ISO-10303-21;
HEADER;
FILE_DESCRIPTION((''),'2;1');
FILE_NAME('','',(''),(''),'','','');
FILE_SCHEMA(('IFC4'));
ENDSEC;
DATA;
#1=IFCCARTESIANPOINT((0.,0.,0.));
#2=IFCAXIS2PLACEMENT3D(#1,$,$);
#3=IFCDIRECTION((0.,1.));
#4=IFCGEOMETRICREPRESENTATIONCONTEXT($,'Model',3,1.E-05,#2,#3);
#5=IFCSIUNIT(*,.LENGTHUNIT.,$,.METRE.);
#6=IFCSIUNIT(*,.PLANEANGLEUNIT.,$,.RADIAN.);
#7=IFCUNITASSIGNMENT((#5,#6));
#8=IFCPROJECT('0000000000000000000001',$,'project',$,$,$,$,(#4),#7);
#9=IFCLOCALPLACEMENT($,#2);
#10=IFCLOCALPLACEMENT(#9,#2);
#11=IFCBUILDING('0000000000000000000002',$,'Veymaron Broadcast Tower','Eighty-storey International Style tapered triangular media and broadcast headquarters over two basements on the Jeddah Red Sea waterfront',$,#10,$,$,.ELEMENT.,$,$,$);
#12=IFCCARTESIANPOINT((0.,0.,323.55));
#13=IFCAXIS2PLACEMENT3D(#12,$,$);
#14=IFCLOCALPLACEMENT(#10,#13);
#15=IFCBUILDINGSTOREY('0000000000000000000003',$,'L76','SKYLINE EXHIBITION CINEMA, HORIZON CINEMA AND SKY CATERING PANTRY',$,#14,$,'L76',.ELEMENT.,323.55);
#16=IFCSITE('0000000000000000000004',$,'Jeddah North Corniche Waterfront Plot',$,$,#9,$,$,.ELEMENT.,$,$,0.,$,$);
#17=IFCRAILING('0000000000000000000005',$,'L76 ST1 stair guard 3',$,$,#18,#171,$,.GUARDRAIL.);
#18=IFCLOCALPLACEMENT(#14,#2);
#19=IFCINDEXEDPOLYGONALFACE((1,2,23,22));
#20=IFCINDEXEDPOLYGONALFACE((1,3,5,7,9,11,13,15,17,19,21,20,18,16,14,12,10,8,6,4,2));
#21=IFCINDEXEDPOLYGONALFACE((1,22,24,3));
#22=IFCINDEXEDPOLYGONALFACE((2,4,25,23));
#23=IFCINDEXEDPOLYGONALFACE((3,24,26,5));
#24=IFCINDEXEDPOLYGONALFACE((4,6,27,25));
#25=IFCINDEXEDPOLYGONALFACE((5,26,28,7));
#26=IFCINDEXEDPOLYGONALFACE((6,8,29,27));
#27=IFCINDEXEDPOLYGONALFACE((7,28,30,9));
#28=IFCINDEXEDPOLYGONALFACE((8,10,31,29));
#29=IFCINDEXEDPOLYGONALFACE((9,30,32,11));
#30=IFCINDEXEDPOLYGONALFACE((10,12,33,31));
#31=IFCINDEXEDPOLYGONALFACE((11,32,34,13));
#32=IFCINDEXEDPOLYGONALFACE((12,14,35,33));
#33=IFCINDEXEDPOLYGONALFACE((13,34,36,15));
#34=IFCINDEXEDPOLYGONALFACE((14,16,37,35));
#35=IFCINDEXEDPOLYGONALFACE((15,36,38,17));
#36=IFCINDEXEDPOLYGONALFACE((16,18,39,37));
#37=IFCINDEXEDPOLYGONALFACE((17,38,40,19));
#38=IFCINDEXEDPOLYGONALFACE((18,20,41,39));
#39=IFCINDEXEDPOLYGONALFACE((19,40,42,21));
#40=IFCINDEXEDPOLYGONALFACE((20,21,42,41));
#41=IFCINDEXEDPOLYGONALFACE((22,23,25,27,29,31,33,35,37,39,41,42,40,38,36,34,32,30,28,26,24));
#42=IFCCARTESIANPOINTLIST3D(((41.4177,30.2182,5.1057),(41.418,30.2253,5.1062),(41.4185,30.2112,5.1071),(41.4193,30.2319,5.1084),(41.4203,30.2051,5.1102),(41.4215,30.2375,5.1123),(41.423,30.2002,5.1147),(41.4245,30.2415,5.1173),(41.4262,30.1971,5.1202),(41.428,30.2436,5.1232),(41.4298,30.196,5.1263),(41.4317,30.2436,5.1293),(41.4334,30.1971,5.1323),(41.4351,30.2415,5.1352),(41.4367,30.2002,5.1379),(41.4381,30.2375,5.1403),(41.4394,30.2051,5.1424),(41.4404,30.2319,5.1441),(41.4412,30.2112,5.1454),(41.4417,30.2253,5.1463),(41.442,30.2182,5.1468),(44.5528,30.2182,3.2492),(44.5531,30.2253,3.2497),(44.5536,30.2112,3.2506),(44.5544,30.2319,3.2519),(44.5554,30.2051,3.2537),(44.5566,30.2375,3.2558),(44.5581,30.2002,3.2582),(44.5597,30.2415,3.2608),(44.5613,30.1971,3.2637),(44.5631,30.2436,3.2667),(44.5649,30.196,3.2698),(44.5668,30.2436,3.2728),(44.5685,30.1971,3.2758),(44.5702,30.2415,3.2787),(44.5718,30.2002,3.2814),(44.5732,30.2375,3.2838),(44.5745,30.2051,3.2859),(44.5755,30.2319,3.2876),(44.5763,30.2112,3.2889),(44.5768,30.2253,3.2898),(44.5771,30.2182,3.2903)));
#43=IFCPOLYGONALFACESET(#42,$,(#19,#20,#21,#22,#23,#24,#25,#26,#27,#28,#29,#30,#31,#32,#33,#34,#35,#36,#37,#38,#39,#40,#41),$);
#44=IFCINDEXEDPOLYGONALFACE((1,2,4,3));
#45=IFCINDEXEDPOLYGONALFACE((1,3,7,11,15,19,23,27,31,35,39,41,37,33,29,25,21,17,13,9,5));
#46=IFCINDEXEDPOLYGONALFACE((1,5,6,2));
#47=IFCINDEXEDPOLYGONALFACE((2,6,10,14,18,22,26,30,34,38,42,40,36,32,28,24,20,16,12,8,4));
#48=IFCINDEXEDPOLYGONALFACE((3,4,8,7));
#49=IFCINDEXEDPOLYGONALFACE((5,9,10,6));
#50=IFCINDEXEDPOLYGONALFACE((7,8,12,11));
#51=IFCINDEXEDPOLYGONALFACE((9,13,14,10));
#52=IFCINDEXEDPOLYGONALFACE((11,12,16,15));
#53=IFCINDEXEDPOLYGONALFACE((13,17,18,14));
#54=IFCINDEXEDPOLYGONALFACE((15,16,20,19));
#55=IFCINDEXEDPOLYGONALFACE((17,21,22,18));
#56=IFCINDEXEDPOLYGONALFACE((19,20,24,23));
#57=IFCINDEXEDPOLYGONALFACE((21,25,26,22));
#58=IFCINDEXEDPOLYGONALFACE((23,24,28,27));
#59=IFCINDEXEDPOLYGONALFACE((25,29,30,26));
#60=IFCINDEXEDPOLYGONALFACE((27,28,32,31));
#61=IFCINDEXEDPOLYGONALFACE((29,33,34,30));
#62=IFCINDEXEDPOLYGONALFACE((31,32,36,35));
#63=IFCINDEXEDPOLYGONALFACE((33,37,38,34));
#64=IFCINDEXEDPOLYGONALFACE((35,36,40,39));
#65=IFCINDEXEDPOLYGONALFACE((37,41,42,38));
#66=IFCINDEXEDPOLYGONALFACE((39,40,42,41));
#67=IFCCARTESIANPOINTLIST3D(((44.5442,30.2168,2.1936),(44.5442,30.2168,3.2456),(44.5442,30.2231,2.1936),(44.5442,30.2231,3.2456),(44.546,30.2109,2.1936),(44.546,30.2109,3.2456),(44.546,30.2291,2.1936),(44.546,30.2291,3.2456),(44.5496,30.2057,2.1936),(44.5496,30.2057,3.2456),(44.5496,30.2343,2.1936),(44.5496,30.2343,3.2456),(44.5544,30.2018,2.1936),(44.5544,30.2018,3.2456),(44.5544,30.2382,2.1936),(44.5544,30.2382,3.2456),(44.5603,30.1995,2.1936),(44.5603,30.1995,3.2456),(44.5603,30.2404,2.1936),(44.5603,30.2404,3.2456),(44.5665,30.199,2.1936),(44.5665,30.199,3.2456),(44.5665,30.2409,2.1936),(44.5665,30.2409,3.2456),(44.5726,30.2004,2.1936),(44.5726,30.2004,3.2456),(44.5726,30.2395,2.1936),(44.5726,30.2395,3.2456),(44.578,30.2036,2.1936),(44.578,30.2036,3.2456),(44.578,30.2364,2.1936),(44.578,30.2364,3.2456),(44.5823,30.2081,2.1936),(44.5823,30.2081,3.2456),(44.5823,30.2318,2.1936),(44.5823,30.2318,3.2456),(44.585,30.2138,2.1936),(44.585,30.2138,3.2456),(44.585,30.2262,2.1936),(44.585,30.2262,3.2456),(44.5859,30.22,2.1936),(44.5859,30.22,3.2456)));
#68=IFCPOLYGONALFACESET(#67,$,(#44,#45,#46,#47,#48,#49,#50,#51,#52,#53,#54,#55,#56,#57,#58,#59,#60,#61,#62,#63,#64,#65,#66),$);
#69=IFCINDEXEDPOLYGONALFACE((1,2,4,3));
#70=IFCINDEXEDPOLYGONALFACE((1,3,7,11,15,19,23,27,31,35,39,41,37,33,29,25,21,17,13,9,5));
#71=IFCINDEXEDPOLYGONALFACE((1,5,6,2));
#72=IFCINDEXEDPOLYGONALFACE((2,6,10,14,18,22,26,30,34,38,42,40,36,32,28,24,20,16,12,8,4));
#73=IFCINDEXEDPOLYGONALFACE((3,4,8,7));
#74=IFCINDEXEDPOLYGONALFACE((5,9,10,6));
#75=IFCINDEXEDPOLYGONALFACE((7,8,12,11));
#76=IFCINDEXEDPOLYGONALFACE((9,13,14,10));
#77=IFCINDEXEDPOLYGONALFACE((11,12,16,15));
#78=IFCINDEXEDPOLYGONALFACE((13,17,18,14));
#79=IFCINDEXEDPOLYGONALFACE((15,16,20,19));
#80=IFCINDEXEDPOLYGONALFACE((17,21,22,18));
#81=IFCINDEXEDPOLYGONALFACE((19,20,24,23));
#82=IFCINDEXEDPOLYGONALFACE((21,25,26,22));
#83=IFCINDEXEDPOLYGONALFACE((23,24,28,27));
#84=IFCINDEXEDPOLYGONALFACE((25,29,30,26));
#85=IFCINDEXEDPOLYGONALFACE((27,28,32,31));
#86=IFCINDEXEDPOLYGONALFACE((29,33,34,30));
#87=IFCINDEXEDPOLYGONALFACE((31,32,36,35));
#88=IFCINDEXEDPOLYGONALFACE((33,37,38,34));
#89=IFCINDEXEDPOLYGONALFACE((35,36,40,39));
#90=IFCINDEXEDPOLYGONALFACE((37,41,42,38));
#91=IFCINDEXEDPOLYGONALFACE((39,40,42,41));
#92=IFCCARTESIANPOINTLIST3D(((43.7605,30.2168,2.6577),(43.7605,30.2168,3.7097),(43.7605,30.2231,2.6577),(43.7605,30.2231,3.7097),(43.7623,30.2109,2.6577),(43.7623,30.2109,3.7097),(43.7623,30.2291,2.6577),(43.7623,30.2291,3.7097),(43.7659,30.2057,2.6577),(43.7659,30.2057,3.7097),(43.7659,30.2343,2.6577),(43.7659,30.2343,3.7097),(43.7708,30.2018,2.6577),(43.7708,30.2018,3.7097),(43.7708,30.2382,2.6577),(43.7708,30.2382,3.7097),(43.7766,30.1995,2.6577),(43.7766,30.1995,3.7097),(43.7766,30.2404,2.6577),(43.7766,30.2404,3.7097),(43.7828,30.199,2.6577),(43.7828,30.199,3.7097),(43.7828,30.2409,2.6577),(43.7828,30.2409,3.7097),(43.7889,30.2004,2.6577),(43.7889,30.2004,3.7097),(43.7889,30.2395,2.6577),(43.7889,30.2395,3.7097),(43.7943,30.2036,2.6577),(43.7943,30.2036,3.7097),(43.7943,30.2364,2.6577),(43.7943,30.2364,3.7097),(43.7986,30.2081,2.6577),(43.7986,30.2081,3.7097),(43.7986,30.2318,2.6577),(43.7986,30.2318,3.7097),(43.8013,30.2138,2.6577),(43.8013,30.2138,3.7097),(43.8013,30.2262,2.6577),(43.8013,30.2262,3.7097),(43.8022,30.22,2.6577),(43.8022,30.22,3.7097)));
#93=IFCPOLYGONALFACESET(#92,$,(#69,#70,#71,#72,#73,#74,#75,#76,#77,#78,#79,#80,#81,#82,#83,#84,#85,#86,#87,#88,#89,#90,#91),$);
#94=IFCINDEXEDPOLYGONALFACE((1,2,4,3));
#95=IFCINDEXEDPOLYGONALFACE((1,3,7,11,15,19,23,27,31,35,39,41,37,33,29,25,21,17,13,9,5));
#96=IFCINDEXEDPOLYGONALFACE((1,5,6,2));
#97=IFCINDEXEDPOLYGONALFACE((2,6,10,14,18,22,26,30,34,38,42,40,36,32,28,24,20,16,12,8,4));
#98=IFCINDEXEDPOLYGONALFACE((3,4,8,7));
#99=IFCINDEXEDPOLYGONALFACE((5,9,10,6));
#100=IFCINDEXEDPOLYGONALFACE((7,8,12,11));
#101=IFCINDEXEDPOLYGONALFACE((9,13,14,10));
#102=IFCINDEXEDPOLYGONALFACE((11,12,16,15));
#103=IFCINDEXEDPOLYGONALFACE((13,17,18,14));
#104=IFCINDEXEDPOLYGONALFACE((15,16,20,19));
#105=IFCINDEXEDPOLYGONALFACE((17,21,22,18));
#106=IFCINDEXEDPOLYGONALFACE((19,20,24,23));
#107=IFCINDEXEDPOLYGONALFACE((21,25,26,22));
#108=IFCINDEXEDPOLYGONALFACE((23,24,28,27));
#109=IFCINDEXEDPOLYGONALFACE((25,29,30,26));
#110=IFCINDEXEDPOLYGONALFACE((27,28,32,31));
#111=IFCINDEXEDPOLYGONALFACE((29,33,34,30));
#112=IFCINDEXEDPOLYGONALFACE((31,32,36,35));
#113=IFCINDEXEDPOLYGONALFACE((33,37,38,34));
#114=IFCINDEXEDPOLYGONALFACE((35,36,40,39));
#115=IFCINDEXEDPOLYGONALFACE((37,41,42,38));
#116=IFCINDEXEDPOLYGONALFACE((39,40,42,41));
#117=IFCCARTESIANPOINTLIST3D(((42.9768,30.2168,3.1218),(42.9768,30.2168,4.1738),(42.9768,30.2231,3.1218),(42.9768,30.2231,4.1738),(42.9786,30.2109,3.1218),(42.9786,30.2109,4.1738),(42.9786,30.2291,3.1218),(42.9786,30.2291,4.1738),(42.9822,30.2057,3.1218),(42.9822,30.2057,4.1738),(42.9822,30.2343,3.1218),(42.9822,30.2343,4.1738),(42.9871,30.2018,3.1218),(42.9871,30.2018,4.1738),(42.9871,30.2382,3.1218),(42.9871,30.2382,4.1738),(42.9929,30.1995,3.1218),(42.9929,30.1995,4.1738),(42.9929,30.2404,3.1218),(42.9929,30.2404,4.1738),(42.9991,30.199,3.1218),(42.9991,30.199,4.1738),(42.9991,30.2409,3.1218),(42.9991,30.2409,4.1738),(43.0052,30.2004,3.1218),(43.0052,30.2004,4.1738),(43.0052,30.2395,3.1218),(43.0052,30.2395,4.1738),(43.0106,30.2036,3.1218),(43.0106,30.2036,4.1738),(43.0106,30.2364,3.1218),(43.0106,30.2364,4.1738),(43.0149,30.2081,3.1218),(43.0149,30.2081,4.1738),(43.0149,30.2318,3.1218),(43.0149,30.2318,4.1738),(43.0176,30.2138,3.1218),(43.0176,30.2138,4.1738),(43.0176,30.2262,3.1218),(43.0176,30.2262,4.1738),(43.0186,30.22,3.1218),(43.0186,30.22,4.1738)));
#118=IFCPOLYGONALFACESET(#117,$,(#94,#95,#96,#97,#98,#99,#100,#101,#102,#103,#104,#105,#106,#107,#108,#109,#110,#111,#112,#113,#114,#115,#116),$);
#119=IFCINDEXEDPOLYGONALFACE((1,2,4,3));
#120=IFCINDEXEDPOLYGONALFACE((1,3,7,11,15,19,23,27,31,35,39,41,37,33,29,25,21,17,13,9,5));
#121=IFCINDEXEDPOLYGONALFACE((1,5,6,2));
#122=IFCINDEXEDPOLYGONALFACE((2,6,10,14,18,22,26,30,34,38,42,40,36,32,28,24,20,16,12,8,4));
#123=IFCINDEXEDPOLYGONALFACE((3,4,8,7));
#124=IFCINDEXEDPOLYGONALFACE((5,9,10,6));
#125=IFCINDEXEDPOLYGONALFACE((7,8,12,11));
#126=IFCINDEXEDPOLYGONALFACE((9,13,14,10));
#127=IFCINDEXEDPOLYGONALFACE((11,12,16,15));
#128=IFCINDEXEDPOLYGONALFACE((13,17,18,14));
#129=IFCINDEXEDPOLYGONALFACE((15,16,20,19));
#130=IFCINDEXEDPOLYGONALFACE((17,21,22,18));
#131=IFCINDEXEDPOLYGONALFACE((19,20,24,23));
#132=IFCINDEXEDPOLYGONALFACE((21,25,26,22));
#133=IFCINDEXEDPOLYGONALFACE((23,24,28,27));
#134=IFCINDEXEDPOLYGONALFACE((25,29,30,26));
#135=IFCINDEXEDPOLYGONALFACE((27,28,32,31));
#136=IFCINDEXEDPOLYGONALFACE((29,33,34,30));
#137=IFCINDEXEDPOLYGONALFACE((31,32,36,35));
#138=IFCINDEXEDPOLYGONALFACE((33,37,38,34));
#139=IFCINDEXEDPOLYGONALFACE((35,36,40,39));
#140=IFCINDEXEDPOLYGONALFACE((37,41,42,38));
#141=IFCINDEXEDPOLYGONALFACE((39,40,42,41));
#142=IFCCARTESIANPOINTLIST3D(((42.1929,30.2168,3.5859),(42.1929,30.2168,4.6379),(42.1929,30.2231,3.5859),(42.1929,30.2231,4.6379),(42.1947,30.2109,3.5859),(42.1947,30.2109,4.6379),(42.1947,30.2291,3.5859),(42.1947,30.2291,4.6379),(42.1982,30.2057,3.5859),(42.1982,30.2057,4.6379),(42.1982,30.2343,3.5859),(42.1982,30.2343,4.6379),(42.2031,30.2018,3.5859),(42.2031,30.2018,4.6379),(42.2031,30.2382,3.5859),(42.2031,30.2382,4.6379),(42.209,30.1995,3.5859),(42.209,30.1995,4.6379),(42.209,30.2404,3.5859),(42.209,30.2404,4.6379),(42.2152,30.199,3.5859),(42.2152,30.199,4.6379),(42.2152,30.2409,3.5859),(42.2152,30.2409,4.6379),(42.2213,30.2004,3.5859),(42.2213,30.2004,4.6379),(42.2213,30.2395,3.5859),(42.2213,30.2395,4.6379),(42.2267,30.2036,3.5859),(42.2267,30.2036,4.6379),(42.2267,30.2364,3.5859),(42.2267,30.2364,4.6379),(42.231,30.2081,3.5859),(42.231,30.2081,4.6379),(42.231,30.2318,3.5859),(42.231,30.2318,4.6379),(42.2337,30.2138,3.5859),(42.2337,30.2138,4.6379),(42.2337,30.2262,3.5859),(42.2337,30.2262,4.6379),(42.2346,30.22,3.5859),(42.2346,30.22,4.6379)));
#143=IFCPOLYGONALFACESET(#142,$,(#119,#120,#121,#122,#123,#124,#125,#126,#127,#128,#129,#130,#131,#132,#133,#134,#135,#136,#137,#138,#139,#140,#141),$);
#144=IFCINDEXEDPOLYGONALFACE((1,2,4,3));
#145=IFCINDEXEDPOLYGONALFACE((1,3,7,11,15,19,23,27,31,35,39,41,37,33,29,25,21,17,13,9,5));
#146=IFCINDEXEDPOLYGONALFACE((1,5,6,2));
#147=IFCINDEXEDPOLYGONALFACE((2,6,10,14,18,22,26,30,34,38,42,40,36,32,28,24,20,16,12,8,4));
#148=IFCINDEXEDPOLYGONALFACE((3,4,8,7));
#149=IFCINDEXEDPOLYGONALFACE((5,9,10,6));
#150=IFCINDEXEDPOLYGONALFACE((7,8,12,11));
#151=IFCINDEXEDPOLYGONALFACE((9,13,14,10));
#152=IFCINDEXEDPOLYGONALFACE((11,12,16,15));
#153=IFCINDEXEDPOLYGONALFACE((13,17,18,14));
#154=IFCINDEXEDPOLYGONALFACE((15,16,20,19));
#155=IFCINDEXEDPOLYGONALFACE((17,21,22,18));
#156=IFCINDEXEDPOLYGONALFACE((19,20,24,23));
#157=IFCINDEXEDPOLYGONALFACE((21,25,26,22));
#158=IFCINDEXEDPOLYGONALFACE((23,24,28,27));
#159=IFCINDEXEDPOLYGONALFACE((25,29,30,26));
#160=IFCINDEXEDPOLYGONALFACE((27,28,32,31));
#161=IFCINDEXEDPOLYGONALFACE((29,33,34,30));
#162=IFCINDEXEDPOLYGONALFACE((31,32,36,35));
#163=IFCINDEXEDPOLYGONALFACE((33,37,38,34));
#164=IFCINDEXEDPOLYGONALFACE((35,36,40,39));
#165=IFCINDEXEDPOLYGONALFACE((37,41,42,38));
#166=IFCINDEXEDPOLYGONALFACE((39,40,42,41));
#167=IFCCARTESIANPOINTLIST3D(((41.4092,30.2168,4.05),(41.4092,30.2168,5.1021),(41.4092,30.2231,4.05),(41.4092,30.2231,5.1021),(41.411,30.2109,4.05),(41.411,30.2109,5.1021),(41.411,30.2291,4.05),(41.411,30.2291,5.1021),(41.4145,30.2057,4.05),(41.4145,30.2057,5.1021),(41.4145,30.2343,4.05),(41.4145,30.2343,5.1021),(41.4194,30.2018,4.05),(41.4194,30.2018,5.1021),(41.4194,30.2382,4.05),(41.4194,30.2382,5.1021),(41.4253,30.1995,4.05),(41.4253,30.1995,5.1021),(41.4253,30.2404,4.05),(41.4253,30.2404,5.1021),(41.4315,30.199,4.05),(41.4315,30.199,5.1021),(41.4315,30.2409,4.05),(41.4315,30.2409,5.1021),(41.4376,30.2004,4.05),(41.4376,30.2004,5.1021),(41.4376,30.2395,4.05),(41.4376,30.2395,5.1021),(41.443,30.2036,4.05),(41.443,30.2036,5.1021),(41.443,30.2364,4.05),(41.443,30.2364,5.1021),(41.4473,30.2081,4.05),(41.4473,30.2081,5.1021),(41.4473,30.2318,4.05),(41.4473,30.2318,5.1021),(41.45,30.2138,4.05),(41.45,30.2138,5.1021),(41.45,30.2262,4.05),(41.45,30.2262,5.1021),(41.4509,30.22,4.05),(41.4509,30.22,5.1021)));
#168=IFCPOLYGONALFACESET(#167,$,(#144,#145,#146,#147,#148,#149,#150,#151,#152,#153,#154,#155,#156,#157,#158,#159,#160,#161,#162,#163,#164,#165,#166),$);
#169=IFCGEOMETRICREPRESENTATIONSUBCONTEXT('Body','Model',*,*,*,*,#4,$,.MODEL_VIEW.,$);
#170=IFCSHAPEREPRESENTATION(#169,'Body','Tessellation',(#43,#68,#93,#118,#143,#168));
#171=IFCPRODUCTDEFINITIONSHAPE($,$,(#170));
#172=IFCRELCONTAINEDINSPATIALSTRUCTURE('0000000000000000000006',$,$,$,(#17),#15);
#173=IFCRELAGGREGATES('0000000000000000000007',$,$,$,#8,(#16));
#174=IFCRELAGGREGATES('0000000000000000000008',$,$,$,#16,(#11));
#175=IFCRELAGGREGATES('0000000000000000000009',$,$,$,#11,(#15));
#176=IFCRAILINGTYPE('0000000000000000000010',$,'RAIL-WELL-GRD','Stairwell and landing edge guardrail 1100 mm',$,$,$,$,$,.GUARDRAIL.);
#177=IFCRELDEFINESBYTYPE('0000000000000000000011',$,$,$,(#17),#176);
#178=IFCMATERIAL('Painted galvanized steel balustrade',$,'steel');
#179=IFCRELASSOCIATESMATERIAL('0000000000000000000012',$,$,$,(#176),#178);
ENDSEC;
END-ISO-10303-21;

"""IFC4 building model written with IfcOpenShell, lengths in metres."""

from ifc_helpers import new_model, si_unit, direction, frame, origin, origin_2d, place, context, subcontext, project, spatial, circle, extrude, material, type_object, element, save


model = new_model("IFC4")

# Units and contexts
model_context = context("Model", 3, precision=1e-05, world=origin(), true_north=direction((0.0, 1.0)))
body_context = subcontext(model_context, "Body", "Model", "MODEL_VIEW")
ifc_project = project(units=[si_unit("LENGTHUNIT", "METRE"), si_unit("PLANEANGLEUNIT", "RADIAN")], contexts=[model_context])

# Site, building, storey
site_placement = place(None, origin())
site = spatial("IfcSite", under=ifc_project, at=site_placement, Name="Jeddah North Corniche Waterfront Plot", CompositionType="ELEMENT", RefElevation=0.0)
building_placement = place(site_placement, origin())
building = spatial("IfcBuilding", under=site, at=building_placement, Name="Veymaron Broadcast Tower", Description="Eighty-storey International Style tapered triangular media and broadcast headquarters over two basements on the Jeddah Red Sea waterfront", CompositionType="ELEMENT")
storey_placement = place(building_placement, frame((0.0, 0.0, 323.55)))
storey = spatial("IfcBuildingStorey", under=building, at=storey_placement, Name="L76", Description="SKYLINE EXHIBITION CINEMA, HORIZON CINEMA AND SKY CATERING PANTRY", LongName="L76", CompositionType="ELEMENT", Elevation=323.55)

# Railing
ifc_material_1 = material(Name="Painted galvanized steel balustrade", Category="steel")
railing_type_1 = type_object("IfcRailingType", Name="RAIL-WELL-GRD", Description="Stairwell and landing edge guardrail 1100 mm", PredefinedType="GUARDRAIL", material=ifc_material_1)
railing_1_placement = place(storey_placement, frame((44.5649, 30.22, 2.1936)))
element("IfcRailing", 1, at=railing_1_placement, inside=storey, type_object=railing_type_1, Name="L76 ST1 stair guard 3", PredefinedType="GUARDRAIL", context=body_context, shape_type="SweptSolid", body=[
    extrude(circle(Radius=0.0239, at=origin_2d()), frame((0.0, 0.0, 1.0762), z_axis=(-0.860453, 0.0, 0.509531), x_axis=(0.0, -1.0, 0.0)), (0.0, 0.0, 1.0), 3.6436),
    extrude(circle(Radius=0.021, at=origin_2d()), origin(), (0.0, 0.0, 1.0), 1.052),
    extrude(circle(Radius=0.021, at=origin_2d()), frame((-0.7837, 0.0, 0.4641)), (0.0, 0.0, 1.0), 1.052),
    extrude(circle(Radius=0.021, at=origin_2d()), frame((-1.5674, 0.0, 0.9282)), (0.0, 0.0, 1.0), 1.052),
    extrude(circle(Radius=0.021, at=origin_2d()), frame((-2.3513, 0.0, 1.3923)), (0.0, 0.0, 1.0), 1.052),
    extrude(circle(Radius=0.021, at=origin_2d()), frame((-3.135, 0.0, 1.8564)), (0.0, 0.0, 1.0), 1.052),
])

save(model, "model.ifc")
